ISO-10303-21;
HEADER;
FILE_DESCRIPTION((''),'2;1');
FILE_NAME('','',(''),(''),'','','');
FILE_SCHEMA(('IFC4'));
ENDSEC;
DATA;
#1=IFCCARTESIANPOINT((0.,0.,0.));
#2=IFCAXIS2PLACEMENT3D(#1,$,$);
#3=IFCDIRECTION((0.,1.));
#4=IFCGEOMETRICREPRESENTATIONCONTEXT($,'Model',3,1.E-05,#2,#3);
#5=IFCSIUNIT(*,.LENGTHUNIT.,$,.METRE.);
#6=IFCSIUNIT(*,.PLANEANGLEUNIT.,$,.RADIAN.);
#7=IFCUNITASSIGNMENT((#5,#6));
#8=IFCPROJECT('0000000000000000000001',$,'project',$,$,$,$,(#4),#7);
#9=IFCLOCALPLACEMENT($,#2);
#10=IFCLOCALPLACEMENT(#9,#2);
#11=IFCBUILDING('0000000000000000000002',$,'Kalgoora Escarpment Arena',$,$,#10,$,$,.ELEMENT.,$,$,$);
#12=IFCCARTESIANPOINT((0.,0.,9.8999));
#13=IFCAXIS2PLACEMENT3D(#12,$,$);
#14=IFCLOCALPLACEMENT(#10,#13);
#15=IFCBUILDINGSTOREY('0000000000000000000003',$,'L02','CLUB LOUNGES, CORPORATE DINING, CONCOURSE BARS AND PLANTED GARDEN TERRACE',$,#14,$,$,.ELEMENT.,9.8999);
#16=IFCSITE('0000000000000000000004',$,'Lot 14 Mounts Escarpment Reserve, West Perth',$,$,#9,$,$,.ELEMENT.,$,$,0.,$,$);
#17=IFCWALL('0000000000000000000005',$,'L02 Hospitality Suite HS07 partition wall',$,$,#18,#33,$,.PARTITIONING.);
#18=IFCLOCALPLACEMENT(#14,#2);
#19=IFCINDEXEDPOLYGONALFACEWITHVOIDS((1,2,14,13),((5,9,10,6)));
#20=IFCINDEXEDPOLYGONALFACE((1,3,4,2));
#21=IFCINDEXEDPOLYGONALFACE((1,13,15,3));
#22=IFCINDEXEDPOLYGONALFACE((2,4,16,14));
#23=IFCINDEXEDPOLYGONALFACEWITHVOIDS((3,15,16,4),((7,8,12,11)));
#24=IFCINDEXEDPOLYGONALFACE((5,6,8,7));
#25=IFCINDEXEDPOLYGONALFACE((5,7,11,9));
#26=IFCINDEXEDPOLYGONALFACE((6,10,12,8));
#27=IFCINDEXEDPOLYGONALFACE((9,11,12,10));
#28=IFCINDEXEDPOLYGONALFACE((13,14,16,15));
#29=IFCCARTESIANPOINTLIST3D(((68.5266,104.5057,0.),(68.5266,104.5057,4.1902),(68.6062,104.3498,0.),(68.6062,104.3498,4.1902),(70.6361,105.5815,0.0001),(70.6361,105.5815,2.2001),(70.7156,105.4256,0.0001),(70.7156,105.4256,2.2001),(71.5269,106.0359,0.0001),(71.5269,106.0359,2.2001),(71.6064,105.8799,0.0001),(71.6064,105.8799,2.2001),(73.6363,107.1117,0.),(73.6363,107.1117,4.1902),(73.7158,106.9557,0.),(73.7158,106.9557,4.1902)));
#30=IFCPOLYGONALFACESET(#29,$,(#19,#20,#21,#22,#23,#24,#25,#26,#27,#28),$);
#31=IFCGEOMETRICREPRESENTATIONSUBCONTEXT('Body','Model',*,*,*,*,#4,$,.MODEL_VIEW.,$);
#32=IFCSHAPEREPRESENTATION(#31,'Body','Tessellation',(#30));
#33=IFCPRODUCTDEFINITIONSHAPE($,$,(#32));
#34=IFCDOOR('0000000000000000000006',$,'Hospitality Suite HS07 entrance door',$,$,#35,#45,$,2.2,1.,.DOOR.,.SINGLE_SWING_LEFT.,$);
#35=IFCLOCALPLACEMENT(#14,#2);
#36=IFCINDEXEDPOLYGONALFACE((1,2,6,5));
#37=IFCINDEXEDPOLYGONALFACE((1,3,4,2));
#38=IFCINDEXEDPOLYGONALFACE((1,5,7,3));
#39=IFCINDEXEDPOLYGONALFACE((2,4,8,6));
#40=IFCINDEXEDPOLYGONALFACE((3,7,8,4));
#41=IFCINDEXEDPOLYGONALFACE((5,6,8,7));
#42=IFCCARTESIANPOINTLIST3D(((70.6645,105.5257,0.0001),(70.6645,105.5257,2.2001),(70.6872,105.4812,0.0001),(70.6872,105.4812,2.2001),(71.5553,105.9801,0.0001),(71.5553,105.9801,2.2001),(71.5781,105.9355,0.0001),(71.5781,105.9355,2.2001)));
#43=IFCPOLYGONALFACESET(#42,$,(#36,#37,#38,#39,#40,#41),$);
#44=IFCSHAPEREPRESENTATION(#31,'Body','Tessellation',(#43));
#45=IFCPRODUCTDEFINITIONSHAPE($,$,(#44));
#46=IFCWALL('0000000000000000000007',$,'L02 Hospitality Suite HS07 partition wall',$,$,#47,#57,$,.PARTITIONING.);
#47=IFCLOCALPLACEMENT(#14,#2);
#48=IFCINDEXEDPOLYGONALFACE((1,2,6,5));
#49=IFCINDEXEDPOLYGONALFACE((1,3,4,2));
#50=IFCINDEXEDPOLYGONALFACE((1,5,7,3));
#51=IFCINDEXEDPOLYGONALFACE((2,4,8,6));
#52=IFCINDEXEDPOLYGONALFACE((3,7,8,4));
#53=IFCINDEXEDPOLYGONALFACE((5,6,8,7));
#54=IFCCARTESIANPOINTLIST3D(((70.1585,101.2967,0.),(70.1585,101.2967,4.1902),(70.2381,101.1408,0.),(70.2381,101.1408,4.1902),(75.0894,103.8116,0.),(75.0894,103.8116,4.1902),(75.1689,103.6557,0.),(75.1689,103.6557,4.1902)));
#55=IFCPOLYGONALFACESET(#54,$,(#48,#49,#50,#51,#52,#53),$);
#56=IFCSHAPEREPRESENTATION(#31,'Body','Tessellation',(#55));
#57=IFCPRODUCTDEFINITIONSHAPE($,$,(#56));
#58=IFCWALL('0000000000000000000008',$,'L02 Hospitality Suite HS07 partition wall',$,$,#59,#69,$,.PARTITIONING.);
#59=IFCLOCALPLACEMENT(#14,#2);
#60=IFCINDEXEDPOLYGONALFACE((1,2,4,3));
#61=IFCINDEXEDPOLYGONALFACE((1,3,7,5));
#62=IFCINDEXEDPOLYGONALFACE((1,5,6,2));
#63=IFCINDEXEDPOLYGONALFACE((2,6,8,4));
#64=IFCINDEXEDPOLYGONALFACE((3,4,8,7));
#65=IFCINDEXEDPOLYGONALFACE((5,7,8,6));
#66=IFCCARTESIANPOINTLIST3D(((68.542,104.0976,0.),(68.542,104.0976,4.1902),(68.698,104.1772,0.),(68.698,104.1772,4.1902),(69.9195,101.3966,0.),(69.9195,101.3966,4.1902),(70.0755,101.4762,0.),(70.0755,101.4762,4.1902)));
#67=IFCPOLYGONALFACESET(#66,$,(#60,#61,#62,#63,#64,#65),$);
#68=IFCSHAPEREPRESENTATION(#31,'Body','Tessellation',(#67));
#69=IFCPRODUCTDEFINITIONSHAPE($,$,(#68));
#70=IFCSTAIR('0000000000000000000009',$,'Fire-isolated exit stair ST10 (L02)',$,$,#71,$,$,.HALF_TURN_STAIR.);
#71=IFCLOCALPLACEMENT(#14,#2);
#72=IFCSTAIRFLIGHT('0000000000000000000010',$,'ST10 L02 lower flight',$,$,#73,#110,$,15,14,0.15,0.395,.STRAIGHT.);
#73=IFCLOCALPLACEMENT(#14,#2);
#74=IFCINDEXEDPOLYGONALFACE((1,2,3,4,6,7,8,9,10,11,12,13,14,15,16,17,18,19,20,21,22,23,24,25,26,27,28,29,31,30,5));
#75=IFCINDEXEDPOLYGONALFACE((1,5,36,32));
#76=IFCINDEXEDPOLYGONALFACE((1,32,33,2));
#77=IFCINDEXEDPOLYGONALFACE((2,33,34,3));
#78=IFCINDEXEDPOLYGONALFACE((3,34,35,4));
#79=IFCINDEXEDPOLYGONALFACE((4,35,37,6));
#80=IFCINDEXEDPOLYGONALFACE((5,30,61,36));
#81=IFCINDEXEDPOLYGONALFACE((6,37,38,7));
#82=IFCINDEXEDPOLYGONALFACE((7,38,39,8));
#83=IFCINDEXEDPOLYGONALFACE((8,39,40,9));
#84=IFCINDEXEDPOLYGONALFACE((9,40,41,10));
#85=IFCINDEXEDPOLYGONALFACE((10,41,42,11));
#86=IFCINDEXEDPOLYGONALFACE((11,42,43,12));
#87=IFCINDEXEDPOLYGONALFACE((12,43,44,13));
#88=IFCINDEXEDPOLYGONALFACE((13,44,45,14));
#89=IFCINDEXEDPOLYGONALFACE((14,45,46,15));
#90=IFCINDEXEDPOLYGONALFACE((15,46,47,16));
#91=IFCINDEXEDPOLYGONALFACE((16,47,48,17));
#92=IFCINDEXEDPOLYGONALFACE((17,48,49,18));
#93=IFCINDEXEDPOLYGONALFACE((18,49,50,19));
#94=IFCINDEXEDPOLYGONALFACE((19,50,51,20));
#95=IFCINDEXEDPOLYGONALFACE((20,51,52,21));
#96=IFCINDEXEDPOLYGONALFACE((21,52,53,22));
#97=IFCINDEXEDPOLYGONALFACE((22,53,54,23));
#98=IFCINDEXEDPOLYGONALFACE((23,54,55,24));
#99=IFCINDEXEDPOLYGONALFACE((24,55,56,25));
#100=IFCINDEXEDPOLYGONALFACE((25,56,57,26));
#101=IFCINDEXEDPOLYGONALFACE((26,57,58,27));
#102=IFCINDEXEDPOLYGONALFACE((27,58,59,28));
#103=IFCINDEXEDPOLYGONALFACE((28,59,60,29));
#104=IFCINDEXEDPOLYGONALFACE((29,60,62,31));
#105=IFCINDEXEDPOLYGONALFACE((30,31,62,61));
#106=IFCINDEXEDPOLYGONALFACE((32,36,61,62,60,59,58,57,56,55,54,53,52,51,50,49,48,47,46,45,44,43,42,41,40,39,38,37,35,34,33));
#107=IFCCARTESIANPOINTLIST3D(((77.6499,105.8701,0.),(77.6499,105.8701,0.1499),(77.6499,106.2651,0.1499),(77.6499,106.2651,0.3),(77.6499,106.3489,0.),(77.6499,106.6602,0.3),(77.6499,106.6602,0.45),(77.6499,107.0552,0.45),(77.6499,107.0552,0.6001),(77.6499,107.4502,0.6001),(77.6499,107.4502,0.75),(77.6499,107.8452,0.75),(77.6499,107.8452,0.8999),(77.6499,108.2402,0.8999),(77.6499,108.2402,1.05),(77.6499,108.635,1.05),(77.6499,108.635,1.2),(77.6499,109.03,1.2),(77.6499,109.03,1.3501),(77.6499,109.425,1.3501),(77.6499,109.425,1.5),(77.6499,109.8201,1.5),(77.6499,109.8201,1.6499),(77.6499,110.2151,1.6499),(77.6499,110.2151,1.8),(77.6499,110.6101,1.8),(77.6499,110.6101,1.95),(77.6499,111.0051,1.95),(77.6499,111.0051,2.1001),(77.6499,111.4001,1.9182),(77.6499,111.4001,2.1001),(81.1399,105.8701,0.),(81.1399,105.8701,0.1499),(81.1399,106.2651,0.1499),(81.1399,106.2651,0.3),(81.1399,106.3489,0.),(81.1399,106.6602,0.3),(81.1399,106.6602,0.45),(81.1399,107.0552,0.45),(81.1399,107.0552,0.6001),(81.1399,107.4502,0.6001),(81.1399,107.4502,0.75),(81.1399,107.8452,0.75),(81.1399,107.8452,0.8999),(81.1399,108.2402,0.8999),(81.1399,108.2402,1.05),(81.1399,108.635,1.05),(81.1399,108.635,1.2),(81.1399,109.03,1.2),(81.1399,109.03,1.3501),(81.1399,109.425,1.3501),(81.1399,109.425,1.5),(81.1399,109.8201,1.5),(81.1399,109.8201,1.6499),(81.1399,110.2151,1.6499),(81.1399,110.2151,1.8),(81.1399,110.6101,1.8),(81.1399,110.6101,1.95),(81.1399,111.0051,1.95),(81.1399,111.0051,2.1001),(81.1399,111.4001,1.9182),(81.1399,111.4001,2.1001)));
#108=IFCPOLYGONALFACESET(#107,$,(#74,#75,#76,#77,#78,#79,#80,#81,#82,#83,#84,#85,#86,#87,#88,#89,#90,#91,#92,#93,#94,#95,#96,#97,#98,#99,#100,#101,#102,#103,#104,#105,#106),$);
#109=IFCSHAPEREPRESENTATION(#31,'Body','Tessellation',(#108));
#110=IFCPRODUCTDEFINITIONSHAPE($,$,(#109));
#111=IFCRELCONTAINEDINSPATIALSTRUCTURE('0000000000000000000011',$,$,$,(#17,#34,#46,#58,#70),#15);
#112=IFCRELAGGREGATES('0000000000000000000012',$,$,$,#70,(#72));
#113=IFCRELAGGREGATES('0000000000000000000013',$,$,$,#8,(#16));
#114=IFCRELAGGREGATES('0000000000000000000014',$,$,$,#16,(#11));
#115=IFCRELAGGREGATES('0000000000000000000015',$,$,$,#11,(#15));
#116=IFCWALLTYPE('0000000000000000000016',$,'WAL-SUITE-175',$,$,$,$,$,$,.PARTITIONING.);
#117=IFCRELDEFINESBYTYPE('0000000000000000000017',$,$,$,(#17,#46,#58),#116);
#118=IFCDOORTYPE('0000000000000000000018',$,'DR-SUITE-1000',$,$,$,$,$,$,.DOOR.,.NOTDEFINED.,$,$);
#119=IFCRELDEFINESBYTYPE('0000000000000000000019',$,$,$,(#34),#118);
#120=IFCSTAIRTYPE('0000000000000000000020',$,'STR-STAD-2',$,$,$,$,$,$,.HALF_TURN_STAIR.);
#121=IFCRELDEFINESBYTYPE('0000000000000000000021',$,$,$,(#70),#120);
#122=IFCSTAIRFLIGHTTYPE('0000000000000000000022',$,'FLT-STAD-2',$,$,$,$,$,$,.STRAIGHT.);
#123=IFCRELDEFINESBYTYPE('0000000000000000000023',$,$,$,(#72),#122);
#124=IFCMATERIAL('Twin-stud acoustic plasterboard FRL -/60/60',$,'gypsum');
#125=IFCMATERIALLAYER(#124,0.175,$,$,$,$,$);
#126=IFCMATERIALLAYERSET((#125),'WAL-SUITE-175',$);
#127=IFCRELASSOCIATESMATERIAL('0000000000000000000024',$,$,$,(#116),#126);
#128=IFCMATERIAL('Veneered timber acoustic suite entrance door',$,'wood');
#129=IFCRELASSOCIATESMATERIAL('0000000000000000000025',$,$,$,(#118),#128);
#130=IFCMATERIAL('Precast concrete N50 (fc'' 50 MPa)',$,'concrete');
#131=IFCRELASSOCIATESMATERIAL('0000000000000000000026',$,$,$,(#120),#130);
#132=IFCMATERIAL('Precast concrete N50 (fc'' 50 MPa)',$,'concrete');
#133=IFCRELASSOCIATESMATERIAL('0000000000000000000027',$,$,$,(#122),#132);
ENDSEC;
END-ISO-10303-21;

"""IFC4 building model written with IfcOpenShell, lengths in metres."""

from ifc_helpers import new_model, si_unit, direction, frame, frame_2d, origin, place, context, subcontext, project, spatial, polyline, rectangle, outline, extrude, material, layer, layer_set, type_object, element, fill, aggregate, save


model = new_model("IFC4")

# Units and contexts
model_context = context("Model", 3, precision=1e-05, world=origin(), true_north=direction((0.0, 1.0)))
body_context = subcontext(model_context, "Body", "Model", "MODEL_VIEW")
ifc_project = project(units=[si_unit("LENGTHUNIT", "METRE"), si_unit("PLANEANGLEUNIT", "RADIAN")], contexts=[model_context])

# Site, building, storey
site_placement = place(None, origin())
site = spatial("IfcSite", under=ifc_project, at=site_placement, Name="Lot 14 Mounts Escarpment Reserve, West Perth", CompositionType="ELEMENT", RefElevation=0.0)
building_placement = place(site_placement, origin())
building = spatial("IfcBuilding", under=site, at=building_placement, Name="Kalgoora Escarpment Arena", CompositionType="ELEMENT")
storey_placement = place(building_placement, frame((0.0, 0.0, 9.8999)))
storey = spatial("IfcBuildingStorey", under=building, at=storey_placement, Name="L02", Description="CLUB LOUNGES, CORPORATE DINING, CONCOURSE BARS AND PLANTED GARDEN TERRACE", CompositionType="ELEMENT", Elevation=9.8999)

# Wall, opening, door
ifc_material_1 = material(Name="Twin-stud acoustic plasterboard FRL -/60/60", Category="gypsum")
ifc_layer_1 = layer(ifc_material_1, 0.175)
ifc_layer_set_1 = layer_set([ifc_layer_1], Name="WAL-SUITE-175")
wall_type_1 = type_object("IfcWallType", Name="WAL-SUITE-175", PredefinedType="PARTITIONING", material=ifc_layer_set_1)
wall_1_placement = place(storey_placement, frame((68.5664, 104.4277, 0.0), z_axis=(0.0, 0.0, 1.0), x_axis=(0.890832, 0.454333, 0.0)))
wall_1 = element("IfcWall", 1, at=wall_1_placement, inside=storey, type_object=wall_type_1, Name="L02 Hospitality Suite HS07 partition wall", PredefinedType="PARTITIONING", context=body_context, shape_type="SweptSolid", body=[
    extrude(rectangle(XDim=5.7358, YDim=0.175, at=frame_2d((2.8679, 0.0))), origin(), (0.0, 0.0, 1.0), 4.1902),
])
opening_1_placement = place(wall_1_placement, frame((2.3679, 0.0, 0.0)))
opening_1 = element("IfcOpeningElement", 2, at=opening_1_placement, cuts=wall_1, PredefinedType="OPENING", context=body_context, shape_type="SweptSolid", body=[
    extrude(rectangle(XDim=1.0, YDim=2.2, at=frame_2d((0.5, 1.1001))), frame((0.0, 0.0974, 0.0), z_axis=(0.0, -1.0, 0.0), x_axis=(1.0, 0.0, 0.0)), (0.0, 0.0, 1.0), 0.1951),
])
ifc_material_2 = material(Name="Veneered timber acoustic suite entrance door", Category="wood")
door_type_1 = type_object("IfcDoorType", Name="DR-SUITE-1000", OperationType="NOTDEFINED", PredefinedType="DOOR", material=ifc_material_2)
door_1_placement = place(opening_1_placement, origin())
door_1 = element("IfcDoor", 3, at=door_1_placement, inside=storey, type_object=door_type_1, Name="Hospitality Suite HS07 entrance door", OperationType="SINGLE_SWING_LEFT", OverallHeight=2.2, OverallWidth=1.0, PredefinedType="DOOR", context=body_context, shape_type="SweptSolid", body=[
    extrude(rectangle(XDim=1.0, YDim=2.2, at=frame_2d((0.5, 1.1001))), frame((0.0, 0.0249, 0.0), z_axis=(0.0, -1.0, 0.0), x_axis=(1.0, 0.0, 0.0)), (0.0, 0.0, 1.0), 0.05),
])
fill(opening_1, door_1)

# Walls
wall_2_placement = place(storey_placement, frame((75.1292, 103.7336, 0.0), z_axis=(0.0, 0.0, 1.0), x_axis=(-0.890826, -0.454345, 0.0)))
element("IfcWall", 4, at=wall_2_placement, inside=storey, type_object=wall_type_1, Name="L02 Hospitality Suite HS07 partition wall", PredefinedType="PARTITIONING", context=body_context, shape_type="SweptSolid", body=[
    extrude(rectangle(XDim=5.5352, YDim=0.175, at=frame_2d((2.7676, 0.0))), origin(), (0.0, 0.0, 1.0), 4.1902),
])
wall_3_placement = place(storey_placement, frame((69.9976, 101.4363, 0.0), z_axis=(0.0, 0.0, 1.0), x_axis=(-0.454318, 0.89084, 0.0)))
element("IfcWall", 5, at=wall_3_placement, inside=storey, type_object=wall_type_1, Name="L02 Hospitality Suite HS07 partition wall", PredefinedType="PARTITIONING", context=body_context, shape_type="SweptSolid", body=[
    extrude(rectangle(XDim=3.032, YDim=0.175, at=frame_2d((1.5161, 0.0))), origin(), (0.0, 0.0, 1.0), 4.1902),
])

# Stair, stair flight
ifc_material_3 = material(Name="Precast concrete N50 (fc' 50 MPa)", Category="concrete")
stair_type = type_object("IfcStairType", Name="STR-STAD-2", PredefinedType="HALF_TURN_STAIR", material=ifc_material_3)
stair_placement = place(storey_placement, origin())
stair = element("IfcStair", 6, at=stair_placement, inside=storey, type_object=stair_type, Name="Fire-isolated exit stair ST10 (L02)", PredefinedType="HALF_TURN_STAIR")
ifc_material_4 = material(Name="Precast concrete N50 (fc' 50 MPa)", Category="concrete")
stair_flight_type = type_object("IfcStairFlightType", Name="FLT-STAD-2", PredefinedType="STRAIGHT", material=ifc_material_4)
stair_flight_placement = place(storey_placement, frame((79.395, 105.8701, 0.0), z_axis=(0.0, 0.0, 1.0), x_axis=(0.0, 1.0, 0.0)))
stair_flight = element("IfcStairFlight", 7, at=stair_flight_placement, type_object=stair_flight_type, Name="ST10 L02 lower flight", NumberOfRisers=15, NumberOfTreads=14, PredefinedType="STRAIGHT", RiserHeight=0.15, TreadLength=0.395, context=body_context, shape_type="SweptSolid", body=[
    extrude(outline(polyline([(0.0, 0.0), (0.0, 0.1499), (0.395, 0.1499), (0.395, 0.3), (0.79, 0.3), (0.79, 0.45), (1.1851, 0.45), (1.1851, 0.6001), (1.5801, 0.6001), (1.5801, 0.75), (1.9751, 0.75), (1.9751, 0.8999), (2.3701, 0.8999), (2.3701, 1.05), (2.7649, 1.05), (2.7649, 1.2), (3.1599, 1.2), (3.1599, 1.3501), (3.5549, 1.3501), (3.5549, 1.5), (3.95, 1.5), (3.95, 1.6499), (4.345, 1.6499), (4.345, 1.8), (4.74, 1.8), (4.74, 1.95), (5.135, 1.95), (5.135, 2.1001), (5.53, 2.1001), (5.53, 2.25), (5.53, 1.9182), (0.4788, 0.0), (0.0, 0.0)])), frame((0.0, 1.7451, 0.0), z_axis=(0.0, -1.0, 0.0), x_axis=(1.0, 0.0, 0.0)), (0.0, 0.0, 1.0), 3.49),
])
aggregate(stair, [stair_flight])

save(model, "model.ifc")
